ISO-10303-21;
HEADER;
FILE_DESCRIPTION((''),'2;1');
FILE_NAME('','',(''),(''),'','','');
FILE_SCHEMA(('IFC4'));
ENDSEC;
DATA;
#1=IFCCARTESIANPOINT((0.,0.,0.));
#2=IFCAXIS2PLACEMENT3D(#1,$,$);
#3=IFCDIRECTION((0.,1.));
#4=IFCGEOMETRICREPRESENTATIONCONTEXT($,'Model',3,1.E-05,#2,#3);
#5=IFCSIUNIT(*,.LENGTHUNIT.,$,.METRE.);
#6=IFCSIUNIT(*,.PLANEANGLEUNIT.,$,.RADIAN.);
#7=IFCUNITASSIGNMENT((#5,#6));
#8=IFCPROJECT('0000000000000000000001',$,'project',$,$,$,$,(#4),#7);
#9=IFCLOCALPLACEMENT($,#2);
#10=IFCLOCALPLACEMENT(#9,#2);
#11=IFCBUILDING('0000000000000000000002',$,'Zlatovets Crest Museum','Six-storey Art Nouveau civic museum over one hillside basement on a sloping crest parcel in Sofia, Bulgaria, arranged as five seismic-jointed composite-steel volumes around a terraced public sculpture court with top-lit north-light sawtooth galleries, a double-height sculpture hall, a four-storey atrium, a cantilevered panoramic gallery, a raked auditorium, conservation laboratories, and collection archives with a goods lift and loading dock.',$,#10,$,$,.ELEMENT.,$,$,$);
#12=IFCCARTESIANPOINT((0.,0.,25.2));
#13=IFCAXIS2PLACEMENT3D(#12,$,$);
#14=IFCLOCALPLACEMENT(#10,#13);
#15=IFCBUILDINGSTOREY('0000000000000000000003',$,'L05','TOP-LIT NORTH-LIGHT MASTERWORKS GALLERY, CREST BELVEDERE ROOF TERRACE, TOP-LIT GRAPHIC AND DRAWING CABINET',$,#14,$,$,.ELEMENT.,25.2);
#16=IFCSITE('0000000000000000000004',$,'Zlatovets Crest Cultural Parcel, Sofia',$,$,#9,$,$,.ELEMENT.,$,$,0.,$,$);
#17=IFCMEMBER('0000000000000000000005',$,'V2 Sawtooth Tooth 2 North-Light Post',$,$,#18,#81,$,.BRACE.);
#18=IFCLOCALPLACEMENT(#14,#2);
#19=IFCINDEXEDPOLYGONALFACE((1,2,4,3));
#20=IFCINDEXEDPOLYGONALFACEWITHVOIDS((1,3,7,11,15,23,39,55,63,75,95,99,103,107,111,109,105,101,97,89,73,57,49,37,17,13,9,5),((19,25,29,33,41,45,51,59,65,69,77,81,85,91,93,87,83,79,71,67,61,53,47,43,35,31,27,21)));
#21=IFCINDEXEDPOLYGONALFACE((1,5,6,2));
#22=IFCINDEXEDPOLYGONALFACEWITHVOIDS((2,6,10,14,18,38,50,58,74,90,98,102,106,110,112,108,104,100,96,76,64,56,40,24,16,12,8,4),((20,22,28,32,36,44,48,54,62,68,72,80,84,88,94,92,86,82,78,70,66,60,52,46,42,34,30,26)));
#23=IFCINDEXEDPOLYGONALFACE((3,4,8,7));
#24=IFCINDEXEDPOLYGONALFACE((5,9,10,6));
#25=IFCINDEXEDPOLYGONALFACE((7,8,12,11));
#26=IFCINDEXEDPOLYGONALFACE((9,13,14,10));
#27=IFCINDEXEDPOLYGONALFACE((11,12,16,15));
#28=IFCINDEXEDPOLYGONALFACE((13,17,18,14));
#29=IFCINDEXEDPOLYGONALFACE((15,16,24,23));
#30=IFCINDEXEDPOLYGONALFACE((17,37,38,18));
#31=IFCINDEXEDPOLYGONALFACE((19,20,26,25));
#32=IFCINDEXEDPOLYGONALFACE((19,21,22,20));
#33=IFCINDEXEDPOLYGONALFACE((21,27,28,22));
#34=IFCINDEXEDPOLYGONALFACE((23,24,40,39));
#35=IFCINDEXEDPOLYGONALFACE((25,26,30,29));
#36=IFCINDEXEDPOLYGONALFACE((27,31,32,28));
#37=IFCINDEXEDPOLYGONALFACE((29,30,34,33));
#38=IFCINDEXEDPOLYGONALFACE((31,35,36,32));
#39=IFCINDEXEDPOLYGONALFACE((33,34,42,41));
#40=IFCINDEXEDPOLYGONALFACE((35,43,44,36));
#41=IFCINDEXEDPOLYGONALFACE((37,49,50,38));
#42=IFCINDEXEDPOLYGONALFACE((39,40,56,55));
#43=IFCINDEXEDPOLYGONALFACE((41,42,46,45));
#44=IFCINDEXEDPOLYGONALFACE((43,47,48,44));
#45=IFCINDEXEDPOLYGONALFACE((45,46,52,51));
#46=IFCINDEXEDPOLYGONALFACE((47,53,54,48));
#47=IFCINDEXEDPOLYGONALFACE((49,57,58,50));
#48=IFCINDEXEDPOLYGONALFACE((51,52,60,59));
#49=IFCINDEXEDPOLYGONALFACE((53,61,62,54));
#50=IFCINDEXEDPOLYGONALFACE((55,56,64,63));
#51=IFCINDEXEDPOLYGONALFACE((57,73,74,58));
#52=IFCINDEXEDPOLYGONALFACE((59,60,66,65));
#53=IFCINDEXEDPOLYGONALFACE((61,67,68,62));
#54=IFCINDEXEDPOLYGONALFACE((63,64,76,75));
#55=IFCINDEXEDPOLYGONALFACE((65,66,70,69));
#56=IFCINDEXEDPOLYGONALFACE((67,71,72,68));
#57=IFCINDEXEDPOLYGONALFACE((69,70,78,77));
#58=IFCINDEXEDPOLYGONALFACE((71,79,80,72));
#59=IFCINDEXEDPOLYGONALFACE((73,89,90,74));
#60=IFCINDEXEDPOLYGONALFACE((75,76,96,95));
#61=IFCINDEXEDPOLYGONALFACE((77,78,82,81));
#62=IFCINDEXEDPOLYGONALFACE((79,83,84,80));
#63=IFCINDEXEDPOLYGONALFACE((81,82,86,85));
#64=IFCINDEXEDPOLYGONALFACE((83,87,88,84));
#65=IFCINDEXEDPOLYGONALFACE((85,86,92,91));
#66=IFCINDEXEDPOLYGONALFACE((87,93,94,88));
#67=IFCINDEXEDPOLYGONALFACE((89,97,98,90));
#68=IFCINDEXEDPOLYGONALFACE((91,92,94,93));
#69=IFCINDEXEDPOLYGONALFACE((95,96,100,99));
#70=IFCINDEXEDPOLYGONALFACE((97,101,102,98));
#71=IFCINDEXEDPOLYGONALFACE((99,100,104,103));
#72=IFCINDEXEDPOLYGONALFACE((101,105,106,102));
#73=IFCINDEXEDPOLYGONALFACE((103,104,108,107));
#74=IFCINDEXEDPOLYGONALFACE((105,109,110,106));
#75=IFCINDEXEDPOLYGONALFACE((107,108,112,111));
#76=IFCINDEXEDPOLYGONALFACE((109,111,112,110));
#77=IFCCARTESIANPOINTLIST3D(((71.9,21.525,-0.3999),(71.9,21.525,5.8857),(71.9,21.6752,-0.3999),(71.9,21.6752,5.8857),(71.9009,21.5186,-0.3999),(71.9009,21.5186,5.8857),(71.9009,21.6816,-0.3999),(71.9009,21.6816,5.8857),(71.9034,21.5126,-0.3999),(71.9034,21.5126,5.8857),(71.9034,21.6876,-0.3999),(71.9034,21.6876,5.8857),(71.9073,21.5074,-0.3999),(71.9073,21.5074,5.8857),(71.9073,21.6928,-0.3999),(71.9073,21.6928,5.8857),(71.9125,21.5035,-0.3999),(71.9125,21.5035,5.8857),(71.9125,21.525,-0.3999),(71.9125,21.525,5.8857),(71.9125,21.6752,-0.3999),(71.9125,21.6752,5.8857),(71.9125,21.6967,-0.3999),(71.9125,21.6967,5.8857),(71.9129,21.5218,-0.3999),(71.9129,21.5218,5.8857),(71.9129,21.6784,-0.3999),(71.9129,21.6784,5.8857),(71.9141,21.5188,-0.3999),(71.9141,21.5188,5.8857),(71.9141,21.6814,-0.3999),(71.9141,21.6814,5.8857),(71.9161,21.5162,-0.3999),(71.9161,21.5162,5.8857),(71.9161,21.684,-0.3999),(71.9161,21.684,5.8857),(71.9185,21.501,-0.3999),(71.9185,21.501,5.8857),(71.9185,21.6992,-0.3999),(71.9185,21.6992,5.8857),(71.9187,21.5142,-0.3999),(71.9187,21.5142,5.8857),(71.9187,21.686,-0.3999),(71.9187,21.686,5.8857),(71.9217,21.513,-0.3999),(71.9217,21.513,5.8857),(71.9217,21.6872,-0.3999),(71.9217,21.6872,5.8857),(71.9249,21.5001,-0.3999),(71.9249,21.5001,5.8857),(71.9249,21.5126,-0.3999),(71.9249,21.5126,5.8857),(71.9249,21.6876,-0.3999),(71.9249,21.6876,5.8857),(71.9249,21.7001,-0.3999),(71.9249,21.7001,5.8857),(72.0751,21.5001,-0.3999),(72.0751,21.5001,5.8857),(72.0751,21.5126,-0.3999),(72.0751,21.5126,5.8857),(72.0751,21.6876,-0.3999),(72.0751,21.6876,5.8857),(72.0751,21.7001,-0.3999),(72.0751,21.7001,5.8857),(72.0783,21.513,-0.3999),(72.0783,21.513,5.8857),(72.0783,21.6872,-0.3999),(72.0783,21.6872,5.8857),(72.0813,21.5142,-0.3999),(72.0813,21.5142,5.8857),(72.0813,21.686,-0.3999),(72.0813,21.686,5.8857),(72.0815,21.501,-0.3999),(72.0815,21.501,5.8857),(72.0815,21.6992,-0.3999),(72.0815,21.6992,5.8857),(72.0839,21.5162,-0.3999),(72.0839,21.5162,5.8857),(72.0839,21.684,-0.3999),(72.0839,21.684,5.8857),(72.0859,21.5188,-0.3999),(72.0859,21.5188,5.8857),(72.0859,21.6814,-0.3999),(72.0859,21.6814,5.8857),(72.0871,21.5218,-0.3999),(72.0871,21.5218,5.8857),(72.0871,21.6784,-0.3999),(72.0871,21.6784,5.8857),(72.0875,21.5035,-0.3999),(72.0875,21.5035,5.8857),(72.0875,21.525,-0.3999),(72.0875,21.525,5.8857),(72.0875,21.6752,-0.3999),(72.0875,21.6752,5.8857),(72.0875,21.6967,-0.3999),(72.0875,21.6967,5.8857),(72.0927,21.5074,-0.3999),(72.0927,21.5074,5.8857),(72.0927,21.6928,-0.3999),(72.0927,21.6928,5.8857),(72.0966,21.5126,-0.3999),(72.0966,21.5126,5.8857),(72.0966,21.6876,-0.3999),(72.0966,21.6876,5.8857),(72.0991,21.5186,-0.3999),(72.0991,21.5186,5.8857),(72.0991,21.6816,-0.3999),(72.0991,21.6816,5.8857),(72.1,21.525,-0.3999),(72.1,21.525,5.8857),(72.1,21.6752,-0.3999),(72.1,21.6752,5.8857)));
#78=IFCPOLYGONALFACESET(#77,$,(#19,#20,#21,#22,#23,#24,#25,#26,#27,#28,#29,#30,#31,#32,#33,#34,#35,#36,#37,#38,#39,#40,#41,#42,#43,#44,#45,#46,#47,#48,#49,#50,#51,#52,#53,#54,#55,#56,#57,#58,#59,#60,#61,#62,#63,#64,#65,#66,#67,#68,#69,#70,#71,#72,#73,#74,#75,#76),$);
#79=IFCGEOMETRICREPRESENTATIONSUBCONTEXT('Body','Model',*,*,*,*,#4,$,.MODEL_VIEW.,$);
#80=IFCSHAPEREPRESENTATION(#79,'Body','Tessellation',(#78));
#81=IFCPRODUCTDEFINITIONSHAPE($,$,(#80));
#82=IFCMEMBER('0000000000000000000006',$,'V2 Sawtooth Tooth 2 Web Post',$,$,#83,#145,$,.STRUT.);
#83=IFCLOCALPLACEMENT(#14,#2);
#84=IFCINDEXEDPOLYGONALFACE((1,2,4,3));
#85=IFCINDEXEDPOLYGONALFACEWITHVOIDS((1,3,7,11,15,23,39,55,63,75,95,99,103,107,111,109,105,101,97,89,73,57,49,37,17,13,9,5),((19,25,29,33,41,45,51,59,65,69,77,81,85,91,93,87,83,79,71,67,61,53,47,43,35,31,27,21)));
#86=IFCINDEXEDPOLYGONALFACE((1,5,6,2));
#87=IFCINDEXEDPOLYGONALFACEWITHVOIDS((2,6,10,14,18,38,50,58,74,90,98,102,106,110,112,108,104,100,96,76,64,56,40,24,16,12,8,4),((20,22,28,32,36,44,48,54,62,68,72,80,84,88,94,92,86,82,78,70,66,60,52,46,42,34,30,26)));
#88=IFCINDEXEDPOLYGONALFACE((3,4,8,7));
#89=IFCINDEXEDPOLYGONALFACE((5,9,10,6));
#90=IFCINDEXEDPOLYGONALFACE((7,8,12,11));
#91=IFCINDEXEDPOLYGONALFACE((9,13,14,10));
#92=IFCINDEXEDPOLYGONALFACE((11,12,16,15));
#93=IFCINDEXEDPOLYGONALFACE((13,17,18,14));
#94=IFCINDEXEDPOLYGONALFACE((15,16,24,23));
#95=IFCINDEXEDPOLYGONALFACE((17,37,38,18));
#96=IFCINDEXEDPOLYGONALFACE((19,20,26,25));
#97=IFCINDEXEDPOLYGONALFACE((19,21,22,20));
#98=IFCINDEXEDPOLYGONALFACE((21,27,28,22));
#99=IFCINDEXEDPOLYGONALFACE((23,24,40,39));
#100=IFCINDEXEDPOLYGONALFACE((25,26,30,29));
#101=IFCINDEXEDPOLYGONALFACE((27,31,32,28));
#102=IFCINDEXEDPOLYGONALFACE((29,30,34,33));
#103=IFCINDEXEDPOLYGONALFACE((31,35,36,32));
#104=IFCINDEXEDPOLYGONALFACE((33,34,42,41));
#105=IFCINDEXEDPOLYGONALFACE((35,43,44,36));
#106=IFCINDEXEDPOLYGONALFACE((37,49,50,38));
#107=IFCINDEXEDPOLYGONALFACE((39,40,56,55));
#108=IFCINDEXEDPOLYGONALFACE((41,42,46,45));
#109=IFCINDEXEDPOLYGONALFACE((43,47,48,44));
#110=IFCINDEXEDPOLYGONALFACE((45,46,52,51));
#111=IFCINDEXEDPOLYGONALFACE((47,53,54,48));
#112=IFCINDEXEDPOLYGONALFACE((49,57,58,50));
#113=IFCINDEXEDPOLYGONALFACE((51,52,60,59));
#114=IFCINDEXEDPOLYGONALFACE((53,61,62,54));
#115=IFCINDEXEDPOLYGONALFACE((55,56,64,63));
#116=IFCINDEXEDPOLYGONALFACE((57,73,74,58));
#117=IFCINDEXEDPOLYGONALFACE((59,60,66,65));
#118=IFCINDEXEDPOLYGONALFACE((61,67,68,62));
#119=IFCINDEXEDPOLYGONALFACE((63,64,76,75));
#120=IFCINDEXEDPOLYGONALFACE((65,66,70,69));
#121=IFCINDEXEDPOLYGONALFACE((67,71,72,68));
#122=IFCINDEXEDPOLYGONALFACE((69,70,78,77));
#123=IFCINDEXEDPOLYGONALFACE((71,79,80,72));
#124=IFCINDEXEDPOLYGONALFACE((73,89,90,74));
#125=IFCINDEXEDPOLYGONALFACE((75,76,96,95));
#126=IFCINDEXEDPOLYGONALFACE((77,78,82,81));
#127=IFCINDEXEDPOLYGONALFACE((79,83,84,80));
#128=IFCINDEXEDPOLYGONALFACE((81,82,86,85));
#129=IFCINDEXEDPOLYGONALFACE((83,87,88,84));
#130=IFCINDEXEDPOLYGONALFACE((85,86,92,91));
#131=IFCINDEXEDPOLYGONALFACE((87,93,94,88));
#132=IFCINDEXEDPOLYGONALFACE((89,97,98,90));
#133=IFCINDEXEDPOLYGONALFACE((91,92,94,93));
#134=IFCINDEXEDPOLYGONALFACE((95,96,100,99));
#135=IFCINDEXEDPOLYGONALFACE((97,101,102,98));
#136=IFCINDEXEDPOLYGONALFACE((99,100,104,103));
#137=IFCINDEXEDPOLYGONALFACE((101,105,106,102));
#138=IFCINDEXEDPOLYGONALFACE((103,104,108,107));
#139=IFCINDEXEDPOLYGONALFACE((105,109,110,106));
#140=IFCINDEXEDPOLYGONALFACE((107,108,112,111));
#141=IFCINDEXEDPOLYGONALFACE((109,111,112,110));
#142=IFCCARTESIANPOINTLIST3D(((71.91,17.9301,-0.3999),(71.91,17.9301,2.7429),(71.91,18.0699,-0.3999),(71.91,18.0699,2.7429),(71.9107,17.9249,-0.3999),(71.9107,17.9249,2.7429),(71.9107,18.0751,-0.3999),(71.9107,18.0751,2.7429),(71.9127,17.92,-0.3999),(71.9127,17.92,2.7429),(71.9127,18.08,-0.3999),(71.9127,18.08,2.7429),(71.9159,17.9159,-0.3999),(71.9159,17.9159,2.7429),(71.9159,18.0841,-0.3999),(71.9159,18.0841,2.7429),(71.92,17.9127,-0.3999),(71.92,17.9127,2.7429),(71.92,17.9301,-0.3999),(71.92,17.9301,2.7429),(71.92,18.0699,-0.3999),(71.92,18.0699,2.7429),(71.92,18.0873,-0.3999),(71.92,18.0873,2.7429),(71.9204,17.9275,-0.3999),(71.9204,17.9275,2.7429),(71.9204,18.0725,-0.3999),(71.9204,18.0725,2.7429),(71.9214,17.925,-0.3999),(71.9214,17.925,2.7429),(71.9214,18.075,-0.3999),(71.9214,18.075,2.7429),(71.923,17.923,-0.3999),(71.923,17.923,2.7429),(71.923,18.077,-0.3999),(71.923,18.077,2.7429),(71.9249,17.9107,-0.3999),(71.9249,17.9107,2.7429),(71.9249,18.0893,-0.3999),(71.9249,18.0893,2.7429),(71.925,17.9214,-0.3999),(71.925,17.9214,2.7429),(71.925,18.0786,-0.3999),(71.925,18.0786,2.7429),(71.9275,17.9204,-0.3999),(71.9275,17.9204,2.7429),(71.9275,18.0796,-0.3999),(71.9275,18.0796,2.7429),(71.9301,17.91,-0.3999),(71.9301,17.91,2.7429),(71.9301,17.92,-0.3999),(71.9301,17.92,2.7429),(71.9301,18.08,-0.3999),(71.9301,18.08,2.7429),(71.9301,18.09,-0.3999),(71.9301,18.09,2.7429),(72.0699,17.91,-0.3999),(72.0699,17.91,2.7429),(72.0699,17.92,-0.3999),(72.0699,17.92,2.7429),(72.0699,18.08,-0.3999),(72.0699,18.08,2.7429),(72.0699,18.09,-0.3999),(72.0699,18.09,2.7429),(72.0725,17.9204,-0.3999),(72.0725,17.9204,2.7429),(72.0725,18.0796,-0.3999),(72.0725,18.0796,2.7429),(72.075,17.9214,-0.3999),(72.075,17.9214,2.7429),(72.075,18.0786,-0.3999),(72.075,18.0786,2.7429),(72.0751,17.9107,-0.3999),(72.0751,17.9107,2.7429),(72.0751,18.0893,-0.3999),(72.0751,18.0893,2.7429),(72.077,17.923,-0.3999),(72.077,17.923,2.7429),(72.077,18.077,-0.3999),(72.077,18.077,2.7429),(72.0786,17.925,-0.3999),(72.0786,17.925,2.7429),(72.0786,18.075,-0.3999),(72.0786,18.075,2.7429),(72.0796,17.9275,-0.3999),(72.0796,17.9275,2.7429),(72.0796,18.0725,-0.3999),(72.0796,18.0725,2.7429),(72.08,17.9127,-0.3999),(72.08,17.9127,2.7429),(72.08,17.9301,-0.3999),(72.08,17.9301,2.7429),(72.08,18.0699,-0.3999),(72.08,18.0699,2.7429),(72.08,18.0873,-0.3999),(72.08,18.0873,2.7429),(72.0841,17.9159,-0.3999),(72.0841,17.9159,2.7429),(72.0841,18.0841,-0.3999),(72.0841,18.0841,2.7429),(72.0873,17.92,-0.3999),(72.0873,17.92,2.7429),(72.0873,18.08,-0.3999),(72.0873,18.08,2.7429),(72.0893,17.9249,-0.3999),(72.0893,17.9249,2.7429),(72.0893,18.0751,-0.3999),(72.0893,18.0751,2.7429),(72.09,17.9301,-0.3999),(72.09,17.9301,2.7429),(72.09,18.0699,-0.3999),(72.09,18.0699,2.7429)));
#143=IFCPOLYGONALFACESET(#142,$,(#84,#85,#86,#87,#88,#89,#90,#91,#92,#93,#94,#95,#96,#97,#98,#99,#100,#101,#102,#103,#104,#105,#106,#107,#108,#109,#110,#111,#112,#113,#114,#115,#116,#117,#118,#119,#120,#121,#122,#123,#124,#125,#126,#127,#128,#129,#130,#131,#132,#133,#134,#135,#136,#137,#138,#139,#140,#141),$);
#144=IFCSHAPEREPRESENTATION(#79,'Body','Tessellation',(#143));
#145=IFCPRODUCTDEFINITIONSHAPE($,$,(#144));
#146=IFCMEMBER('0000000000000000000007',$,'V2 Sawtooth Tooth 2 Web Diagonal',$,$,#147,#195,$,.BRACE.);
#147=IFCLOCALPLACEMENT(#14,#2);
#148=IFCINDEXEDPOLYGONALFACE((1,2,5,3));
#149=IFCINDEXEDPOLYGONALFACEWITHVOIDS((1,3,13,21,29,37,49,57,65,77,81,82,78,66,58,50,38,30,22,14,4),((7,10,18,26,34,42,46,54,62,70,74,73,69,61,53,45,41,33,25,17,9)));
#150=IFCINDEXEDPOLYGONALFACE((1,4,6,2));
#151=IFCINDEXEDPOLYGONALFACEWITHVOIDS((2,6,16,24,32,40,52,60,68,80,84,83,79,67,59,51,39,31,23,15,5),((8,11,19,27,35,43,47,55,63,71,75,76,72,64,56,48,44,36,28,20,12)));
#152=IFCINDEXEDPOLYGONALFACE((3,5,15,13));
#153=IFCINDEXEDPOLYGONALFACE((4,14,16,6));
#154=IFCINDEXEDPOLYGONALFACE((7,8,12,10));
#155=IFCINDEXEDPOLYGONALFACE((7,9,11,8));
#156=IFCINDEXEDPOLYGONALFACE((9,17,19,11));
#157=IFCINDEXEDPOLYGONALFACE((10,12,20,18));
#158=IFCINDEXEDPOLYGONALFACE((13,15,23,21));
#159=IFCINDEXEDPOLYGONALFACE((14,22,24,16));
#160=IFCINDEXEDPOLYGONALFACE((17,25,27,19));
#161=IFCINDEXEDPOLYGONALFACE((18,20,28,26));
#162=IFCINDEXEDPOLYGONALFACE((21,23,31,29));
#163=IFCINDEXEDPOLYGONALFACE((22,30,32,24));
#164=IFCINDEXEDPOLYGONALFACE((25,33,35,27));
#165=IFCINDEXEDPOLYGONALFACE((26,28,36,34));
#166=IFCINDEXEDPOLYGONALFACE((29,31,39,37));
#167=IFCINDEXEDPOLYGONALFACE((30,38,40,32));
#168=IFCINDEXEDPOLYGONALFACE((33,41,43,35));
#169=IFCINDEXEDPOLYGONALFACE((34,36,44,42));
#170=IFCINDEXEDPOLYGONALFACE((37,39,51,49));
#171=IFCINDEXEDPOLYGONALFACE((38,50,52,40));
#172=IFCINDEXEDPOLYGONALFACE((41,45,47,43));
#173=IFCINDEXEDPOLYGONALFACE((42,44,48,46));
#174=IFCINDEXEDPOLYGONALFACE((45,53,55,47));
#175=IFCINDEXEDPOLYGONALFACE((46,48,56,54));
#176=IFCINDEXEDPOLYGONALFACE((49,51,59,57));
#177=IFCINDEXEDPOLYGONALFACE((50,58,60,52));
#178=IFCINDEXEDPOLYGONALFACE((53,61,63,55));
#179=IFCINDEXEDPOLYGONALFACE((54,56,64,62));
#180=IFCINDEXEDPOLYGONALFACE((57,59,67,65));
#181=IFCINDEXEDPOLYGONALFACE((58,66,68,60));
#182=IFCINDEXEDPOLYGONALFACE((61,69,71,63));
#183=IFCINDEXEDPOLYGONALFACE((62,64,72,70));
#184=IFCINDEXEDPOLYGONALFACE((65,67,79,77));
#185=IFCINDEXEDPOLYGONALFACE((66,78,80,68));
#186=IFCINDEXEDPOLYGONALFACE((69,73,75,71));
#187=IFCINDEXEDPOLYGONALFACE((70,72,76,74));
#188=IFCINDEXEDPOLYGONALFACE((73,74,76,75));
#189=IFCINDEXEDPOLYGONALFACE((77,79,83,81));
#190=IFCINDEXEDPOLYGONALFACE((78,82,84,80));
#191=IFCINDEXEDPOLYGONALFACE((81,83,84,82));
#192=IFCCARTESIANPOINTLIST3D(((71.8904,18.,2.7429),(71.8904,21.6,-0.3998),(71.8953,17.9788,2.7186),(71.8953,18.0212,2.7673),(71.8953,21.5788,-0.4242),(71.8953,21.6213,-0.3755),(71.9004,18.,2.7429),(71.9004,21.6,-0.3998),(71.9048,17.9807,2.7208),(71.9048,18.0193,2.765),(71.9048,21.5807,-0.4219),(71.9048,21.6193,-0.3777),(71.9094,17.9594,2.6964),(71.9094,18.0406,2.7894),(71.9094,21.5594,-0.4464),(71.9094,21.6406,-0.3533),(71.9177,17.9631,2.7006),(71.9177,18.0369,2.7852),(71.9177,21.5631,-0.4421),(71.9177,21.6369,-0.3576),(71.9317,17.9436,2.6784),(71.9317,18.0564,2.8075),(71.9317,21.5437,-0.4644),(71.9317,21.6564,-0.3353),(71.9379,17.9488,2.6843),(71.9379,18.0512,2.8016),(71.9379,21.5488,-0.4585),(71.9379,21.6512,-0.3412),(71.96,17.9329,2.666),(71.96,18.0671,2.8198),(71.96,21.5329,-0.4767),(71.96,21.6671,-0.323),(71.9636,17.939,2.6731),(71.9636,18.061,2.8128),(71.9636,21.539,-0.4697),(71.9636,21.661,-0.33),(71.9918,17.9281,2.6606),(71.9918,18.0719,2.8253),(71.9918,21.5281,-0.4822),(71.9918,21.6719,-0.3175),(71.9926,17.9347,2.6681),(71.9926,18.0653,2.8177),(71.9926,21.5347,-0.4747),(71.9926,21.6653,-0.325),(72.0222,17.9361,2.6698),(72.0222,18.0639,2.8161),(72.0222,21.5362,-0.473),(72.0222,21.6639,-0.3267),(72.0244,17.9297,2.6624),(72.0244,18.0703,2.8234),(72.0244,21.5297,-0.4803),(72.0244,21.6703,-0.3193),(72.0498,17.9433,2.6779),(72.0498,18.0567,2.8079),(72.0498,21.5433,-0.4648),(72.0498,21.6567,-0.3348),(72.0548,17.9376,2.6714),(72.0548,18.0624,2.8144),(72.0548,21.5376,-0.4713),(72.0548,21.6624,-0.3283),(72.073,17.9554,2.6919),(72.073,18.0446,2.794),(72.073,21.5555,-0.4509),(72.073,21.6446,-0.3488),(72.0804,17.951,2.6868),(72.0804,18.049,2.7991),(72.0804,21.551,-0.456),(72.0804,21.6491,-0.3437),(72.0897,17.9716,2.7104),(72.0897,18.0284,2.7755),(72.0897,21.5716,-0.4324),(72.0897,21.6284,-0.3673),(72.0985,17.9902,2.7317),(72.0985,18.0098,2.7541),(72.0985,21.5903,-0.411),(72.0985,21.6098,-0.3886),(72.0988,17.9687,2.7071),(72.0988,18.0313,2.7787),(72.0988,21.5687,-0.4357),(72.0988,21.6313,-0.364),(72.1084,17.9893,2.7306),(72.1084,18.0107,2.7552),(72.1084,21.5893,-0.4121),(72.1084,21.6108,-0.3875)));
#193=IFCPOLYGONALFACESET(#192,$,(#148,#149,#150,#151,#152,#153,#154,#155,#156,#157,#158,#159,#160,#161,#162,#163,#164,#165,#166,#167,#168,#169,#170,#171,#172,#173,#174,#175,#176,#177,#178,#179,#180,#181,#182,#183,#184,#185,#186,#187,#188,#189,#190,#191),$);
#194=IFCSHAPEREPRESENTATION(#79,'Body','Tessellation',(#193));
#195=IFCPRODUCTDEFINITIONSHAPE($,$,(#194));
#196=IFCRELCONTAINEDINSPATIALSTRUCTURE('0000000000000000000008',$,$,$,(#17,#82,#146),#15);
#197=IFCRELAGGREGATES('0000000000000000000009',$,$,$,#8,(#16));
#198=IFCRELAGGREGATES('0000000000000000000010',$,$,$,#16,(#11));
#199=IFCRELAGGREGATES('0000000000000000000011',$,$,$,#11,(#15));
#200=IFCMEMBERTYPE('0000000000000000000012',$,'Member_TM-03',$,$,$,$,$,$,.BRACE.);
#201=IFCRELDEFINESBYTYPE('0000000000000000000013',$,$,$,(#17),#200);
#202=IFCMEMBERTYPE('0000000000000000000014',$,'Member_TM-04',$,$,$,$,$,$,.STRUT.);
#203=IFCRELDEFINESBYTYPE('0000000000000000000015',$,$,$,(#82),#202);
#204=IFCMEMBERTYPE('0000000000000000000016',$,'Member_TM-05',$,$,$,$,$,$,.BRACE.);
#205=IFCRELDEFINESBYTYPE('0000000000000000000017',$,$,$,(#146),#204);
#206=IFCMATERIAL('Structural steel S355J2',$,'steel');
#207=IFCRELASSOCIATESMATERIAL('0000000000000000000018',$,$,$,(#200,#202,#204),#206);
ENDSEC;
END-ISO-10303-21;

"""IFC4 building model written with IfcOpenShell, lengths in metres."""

from ifc_helpers import new_model, si_unit, direction, frame, origin, origin_2d, place, context, subcontext, project, spatial, hollow_rectangle, hollow_circle, extrude, material, material_profile, profile_set, type_object, element, save


model = new_model("IFC4")

# Units and contexts
model_context = context("Model", 3, precision=1e-05, world=origin(), true_north=direction((0.0, 1.0)))
body_context = subcontext(model_context, "Body", "Model", "MODEL_VIEW")
ifc_project = project(units=[si_unit("LENGTHUNIT", "METRE"), si_unit("PLANEANGLEUNIT", "RADIAN")], contexts=[model_context])

# Site, building, storey
site_placement = place(None, origin())
site = spatial("IfcSite", under=ifc_project, at=site_placement, Name="Zlatovets Crest Cultural Parcel, Sofia", CompositionType="ELEMENT", RefElevation=0.0)
building_placement = place(site_placement, origin())
building = spatial("IfcBuilding", under=site, at=building_placement, Name="Zlatovets Crest Museum", Description="Six-storey Art Nouveau civic museum over one hillside basement on a sloping crest parcel in Sofia, Bulgaria, arranged as five seismic-jointed composite-steel volumes around a terraced public sculpture court with top-lit north-light sawtooth galleries, a double-height sculpture hall, a four-storey atrium, a cantilevered panoramic gallery, a raked auditorium, conservation laboratories, and collection archives with a goods lift and loading dock.", CompositionType="ELEMENT")
storey_placement = place(building_placement, frame((0.0, 0.0, 25.2)))
storey = spatial("IfcBuildingStorey", under=building, at=storey_placement, Name="L05", Description="TOP-LIT NORTH-LIGHT MASTERWORKS GALLERY, CREST BELVEDERE ROOF TERRACE, TOP-LIT GRAPHIC AND DRAWING CABINET", CompositionType="ELEMENT", Elevation=25.2)

# Shared definitions
ifc_material_1 = material(Name="Structural steel S355J2", Category="steel")

# Members
ifc_material_profile_1 = material_profile(ifc_material_1, hollow_rectangle(XDim=0.2, YDim=0.2, WallThickness=0.0125, InnerFilletRadius=0.0125, OuterFilletRadius=0.0249, at=origin_2d()), Name="SHS 200x200x12.5")
ifc_profile_set_1 = profile_set([ifc_material_profile_1], Name="Structural steel S355J2")
member_type_1 = type_object("IfcMemberType", Name="Member_TM-03", PredefinedType="BRACE", material=ifc_profile_set_1)
member_1_placement = place(storey_placement, frame((72.0, 21.6001, -0.3999), z_axis=(0.0, 0.0, 1.0), x_axis=(1.0, 0.0, 0.0)))
element("IfcMember", 1, at=member_1_placement, inside=storey, type_object=member_type_1, Name="V2 Sawtooth Tooth 2 North-Light Post", PredefinedType="BRACE", context=body_context, shape_type="SweptSolid", body=[
    extrude(hollow_rectangle(XDim=0.2, YDim=0.2, WallThickness=0.0125, InnerFilletRadius=0.0125, OuterFilletRadius=0.0249, at=origin_2d()), origin(), (0.0, 0.0, 1.0), 6.2856),
])
ifc_material_profile_2 = material_profile(ifc_material_1, hollow_rectangle(XDim=0.1799, YDim=0.1799, WallThickness=0.01, InnerFilletRadius=0.01, OuterFilletRadius=0.02, at=origin_2d()), Name="SHS 180x180x10.0")
ifc_profile_set_2 = profile_set([ifc_material_profile_2], Name="Structural steel S355J2")
member_type_2 = type_object("IfcMemberType", Name="Member_TM-04", PredefinedType="STRUT", material=ifc_profile_set_2)
member_2_placement = place(storey_placement, frame((72.0, 18.0, -0.3999), z_axis=(0.0, 0.0, 1.0), x_axis=(1.0, 0.0, 0.0)))
element("IfcMember", 2, at=member_2_placement, inside=storey, type_object=member_type_2, Name="V2 Sawtooth Tooth 2 Web Post", PredefinedType="STRUT", context=body_context, shape_type="SweptSolid", body=[
    extrude(hollow_rectangle(XDim=0.1799, YDim=0.1799, WallThickness=0.01, InnerFilletRadius=0.01, OuterFilletRadius=0.02, at=origin_2d()), origin(), (0.0, 0.0, 1.0), 3.1428),
])
ifc_material_profile_3 = material_profile(ifc_material_1, hollow_circle(Radius=0.1096, WallThickness=0.01, at=origin_2d()), Name="CHS 219.1x10.0")
ifc_profile_set_3 = profile_set([ifc_material_profile_3], Name="Structural steel S355J2")
member_type_3 = type_object("IfcMemberType", Name="Member_TM-05", PredefinedType="BRACE", material=ifc_profile_set_3)
member_3_placement = place(storey_placement, frame((72.0, 18.0, 2.7429), z_axis=(0.0, 0.753329, -0.657643), x_axis=(-1.0, 0.0, 0.0)))
element("IfcMember", 3, at=member_3_placement, inside=storey, type_object=member_type_3, Name="V2 Sawtooth Tooth 2 Web Diagonal", PredefinedType="BRACE", context=body_context, shape_type="SweptSolid", body=[
    extrude(hollow_circle(Radius=0.1096, WallThickness=0.01, at=origin_2d()), origin(), (0.0, 0.0, 1.0), 4.7788),
])

save(model, "model.ifc")
